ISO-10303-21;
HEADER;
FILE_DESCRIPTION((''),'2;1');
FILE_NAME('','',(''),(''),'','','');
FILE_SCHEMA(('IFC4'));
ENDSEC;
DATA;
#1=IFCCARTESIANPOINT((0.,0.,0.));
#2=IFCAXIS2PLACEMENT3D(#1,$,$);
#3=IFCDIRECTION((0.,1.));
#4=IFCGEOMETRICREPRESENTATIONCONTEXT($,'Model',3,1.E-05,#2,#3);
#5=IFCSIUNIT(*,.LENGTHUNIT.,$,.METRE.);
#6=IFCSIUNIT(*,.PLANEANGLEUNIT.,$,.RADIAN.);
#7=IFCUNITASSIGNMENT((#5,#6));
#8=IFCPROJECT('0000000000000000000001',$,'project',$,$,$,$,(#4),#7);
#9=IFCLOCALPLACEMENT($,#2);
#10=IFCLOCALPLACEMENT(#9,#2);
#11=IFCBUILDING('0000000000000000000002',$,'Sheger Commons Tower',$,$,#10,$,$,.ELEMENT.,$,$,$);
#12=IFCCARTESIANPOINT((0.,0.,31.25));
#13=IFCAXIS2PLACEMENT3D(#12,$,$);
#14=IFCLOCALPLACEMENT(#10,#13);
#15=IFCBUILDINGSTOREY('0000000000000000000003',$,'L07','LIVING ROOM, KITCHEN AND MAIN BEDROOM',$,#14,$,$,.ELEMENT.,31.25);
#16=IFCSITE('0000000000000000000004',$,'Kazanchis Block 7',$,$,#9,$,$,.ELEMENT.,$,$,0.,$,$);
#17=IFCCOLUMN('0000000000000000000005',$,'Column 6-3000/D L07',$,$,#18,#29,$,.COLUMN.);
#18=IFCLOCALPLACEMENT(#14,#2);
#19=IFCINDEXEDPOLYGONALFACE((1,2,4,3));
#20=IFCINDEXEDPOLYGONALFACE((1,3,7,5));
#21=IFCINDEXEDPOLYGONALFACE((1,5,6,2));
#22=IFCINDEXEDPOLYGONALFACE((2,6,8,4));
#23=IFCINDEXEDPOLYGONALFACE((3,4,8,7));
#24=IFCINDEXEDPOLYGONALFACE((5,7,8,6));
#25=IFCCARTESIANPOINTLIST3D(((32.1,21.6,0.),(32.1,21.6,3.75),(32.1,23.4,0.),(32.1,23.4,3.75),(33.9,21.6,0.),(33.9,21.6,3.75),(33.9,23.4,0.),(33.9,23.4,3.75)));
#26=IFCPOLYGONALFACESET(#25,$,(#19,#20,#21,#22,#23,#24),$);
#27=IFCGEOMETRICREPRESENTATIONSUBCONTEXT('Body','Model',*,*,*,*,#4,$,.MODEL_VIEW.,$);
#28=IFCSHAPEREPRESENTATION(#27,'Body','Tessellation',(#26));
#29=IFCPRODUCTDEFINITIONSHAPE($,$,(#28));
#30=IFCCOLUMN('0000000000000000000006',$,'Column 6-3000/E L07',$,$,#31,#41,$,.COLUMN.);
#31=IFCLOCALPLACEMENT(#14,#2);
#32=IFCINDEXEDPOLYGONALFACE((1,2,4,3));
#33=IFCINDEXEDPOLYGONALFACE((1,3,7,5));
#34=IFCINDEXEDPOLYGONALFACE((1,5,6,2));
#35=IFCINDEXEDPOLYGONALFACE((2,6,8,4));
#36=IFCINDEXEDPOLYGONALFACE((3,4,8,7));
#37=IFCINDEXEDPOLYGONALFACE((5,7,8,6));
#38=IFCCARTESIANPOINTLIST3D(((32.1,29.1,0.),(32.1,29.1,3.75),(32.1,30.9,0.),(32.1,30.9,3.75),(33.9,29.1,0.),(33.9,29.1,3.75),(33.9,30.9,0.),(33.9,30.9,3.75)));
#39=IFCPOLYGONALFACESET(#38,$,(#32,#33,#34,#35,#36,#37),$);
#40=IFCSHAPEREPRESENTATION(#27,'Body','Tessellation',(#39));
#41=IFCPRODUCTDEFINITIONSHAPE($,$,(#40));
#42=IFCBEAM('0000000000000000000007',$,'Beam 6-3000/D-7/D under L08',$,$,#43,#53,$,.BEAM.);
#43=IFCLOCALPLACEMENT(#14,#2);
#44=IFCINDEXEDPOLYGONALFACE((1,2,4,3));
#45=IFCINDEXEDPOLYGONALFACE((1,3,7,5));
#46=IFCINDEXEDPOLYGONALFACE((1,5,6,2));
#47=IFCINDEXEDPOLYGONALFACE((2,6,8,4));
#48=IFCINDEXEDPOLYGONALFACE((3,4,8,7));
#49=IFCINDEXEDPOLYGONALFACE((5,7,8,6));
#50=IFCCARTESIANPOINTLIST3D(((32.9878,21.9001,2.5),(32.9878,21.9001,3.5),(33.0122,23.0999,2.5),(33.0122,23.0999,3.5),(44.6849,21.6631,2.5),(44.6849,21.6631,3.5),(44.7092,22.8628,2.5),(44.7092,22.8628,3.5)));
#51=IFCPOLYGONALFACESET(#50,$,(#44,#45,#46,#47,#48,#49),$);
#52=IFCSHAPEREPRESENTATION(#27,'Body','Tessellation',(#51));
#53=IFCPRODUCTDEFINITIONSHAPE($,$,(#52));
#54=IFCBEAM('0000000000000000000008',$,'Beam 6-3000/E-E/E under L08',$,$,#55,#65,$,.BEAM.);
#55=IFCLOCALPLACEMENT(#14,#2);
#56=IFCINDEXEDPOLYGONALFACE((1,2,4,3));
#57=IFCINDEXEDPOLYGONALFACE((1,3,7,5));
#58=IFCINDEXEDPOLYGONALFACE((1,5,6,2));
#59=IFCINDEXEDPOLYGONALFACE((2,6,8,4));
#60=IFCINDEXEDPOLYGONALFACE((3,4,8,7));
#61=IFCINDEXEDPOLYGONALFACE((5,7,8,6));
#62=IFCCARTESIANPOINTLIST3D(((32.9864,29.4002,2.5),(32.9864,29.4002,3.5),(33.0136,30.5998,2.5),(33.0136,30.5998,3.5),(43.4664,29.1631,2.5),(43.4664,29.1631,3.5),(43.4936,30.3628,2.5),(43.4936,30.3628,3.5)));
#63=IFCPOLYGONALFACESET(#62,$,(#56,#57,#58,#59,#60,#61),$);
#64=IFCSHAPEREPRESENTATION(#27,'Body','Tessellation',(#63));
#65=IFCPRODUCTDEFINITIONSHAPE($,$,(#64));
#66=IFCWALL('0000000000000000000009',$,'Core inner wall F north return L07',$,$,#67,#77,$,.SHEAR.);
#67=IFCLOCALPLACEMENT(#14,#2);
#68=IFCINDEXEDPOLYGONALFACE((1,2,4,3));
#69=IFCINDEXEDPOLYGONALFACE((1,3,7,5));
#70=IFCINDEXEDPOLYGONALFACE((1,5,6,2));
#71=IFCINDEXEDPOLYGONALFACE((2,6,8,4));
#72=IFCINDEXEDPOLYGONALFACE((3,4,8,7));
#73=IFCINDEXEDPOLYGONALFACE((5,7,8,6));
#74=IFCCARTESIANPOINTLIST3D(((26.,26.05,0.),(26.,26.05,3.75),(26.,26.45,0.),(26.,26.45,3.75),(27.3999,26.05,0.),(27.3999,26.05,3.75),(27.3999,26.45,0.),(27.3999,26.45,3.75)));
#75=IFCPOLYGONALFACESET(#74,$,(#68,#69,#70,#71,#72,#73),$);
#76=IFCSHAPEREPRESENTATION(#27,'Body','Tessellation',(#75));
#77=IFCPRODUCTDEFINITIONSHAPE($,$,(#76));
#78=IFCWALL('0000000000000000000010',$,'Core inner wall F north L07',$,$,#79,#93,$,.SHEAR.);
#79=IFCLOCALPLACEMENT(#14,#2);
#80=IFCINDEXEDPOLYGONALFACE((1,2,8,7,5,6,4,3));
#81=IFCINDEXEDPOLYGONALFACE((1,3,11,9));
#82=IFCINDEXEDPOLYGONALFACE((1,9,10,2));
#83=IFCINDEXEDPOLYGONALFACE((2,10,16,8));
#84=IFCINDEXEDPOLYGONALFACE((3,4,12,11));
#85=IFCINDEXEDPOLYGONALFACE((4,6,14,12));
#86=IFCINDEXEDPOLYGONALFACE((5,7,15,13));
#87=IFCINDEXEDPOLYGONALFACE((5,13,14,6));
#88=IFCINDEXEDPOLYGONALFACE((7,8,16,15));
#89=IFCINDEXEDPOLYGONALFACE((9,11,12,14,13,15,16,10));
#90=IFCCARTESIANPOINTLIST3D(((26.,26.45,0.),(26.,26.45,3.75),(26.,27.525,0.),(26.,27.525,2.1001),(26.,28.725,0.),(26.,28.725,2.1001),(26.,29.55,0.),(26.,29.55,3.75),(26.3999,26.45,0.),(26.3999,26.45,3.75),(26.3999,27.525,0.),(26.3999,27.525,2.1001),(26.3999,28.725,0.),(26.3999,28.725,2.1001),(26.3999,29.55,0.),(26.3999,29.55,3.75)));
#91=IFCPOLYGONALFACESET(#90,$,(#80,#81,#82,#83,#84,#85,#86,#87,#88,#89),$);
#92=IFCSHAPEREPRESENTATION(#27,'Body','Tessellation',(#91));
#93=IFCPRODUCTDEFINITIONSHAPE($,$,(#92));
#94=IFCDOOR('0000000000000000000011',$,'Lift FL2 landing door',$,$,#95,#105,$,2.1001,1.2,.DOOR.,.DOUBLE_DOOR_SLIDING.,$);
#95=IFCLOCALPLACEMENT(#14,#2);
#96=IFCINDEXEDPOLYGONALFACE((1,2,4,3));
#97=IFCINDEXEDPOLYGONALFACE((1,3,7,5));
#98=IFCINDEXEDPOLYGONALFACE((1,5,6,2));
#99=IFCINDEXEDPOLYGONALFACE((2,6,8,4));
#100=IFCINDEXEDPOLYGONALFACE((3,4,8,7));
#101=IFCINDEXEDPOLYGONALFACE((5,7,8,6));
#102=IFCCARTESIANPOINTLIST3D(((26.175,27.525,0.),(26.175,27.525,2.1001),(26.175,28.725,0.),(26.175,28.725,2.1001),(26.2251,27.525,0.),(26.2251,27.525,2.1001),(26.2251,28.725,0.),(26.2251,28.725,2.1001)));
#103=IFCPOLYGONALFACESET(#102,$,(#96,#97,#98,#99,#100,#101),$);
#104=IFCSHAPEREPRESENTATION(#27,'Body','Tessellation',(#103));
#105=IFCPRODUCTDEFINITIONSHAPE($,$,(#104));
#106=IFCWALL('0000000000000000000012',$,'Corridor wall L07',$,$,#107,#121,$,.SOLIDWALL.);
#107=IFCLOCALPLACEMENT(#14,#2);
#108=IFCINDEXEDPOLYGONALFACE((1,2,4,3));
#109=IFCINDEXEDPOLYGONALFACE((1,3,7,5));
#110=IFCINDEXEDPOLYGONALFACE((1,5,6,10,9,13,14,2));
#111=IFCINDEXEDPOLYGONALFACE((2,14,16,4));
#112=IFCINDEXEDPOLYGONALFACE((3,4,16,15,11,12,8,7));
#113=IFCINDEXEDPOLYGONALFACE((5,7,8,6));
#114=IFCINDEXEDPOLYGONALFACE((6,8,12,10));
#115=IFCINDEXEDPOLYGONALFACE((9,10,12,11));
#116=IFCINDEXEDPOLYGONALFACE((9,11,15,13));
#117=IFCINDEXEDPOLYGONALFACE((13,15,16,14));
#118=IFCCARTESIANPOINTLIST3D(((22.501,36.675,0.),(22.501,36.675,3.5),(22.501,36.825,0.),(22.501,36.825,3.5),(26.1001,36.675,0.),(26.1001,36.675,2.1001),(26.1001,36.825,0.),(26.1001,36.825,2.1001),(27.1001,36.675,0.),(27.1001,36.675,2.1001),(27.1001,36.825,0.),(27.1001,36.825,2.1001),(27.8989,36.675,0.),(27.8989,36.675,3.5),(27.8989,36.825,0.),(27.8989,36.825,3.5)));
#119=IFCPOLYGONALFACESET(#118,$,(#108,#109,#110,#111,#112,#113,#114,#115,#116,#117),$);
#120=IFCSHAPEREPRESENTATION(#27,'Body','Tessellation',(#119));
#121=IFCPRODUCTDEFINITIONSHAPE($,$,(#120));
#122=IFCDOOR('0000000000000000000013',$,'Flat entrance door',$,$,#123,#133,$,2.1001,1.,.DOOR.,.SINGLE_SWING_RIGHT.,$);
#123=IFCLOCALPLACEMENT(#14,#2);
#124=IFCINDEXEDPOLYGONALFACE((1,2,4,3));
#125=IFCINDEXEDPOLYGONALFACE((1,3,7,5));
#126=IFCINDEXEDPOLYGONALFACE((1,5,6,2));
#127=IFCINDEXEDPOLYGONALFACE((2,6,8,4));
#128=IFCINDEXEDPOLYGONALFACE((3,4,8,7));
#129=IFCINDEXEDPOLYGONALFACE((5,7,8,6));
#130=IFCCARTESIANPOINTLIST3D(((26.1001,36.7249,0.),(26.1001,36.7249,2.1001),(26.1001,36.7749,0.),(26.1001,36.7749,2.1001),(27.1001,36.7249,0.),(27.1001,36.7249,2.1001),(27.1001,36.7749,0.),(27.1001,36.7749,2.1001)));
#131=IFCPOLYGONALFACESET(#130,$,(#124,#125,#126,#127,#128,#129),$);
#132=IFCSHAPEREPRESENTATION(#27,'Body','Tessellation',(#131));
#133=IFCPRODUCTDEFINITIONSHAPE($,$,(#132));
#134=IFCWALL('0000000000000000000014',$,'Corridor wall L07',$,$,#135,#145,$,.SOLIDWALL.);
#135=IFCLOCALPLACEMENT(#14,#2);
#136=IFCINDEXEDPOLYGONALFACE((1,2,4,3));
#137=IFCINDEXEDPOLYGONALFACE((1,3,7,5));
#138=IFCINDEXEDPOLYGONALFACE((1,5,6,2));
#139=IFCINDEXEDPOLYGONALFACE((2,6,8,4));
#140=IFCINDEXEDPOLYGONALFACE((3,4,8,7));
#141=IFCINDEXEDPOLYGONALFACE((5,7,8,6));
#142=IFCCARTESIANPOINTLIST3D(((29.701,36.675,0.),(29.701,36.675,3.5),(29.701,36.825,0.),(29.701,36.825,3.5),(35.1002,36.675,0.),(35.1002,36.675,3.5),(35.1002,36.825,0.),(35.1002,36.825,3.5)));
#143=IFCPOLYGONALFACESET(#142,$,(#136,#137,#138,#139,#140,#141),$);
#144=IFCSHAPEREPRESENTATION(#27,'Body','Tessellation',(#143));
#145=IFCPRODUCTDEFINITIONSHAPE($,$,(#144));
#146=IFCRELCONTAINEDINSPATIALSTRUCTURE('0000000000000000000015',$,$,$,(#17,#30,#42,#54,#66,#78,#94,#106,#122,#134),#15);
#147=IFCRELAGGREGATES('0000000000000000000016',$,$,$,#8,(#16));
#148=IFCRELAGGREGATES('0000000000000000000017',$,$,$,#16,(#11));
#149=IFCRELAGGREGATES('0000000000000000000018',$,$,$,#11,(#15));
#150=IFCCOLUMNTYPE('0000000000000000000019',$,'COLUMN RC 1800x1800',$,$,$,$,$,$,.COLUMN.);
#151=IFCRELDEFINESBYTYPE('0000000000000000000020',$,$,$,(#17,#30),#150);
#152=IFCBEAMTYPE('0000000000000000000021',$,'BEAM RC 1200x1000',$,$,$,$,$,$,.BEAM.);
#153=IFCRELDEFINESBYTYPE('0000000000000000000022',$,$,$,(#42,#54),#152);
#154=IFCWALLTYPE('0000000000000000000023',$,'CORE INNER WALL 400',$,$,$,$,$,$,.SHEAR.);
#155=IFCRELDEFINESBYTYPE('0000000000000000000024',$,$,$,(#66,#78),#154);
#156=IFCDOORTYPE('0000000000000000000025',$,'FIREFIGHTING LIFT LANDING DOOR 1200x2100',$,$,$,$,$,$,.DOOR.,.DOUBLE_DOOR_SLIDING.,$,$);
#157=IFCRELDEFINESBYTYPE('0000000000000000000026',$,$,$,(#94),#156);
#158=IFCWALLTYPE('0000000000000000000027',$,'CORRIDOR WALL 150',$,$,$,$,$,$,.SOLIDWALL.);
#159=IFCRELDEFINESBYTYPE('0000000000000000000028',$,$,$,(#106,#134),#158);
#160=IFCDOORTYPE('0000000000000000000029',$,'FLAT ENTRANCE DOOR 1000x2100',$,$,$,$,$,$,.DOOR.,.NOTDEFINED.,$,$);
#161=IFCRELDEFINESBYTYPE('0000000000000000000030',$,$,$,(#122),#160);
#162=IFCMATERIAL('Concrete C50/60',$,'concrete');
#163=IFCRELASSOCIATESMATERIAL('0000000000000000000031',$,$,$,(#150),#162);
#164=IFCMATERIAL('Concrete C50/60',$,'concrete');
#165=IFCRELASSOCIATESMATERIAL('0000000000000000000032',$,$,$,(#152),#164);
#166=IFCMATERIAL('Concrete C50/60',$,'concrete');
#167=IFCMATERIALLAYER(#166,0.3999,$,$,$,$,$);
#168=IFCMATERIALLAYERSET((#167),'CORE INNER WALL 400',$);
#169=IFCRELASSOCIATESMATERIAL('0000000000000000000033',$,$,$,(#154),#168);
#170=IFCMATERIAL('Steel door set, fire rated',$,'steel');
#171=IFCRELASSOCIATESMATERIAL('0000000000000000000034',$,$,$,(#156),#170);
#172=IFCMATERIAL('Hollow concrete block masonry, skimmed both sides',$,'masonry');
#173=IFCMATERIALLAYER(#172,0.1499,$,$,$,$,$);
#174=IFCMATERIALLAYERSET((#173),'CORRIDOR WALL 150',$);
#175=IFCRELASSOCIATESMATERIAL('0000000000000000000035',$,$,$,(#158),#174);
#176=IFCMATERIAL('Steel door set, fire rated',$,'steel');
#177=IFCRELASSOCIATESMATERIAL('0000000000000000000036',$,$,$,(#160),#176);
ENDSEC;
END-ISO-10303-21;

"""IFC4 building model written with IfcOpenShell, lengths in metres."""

from ifc_helpers import new_model, si_unit, direction, frame, frame_2d, origin, origin_2d, place, context, subcontext, project, spatial, rectangle, extrude, material, layer, layer_set, material_profile, profile_set, type_object, element, fill, save


model = new_model("IFC4")

# Units and contexts
model_context = context("Model", 3, precision=1e-05, world=origin(), true_north=direction((0.0, 1.0)))
body_context = subcontext(model_context, "Body", "Model", "MODEL_VIEW")
ifc_project = project(units=[si_unit("LENGTHUNIT", "METRE"), si_unit("PLANEANGLEUNIT", "RADIAN")], contexts=[model_context])

# Site, building, storey
site_placement = place(None, origin())
site = spatial("IfcSite", under=ifc_project, at=site_placement, Name="Kazanchis Block 7", CompositionType="ELEMENT", RefElevation=0.0)
building_placement = place(site_placement, origin())
building = spatial("IfcBuilding", under=site, at=building_placement, Name="Sheger Commons Tower", CompositionType="ELEMENT")
storey_placement = place(building_placement, frame((0.0, 0.0, 31.25)))
storey = spatial("IfcBuildingStorey", under=building, at=storey_placement, Name="L07", Description="LIVING ROOM, KITCHEN AND MAIN BEDROOM", CompositionType="ELEMENT", Elevation=31.25)

# Columns
ifc_material_1 = material(Name="Concrete C50/60", Category="concrete")
ifc_material_profile_1 = material_profile(ifc_material_1, rectangle(XDim=1.8, YDim=1.8, at=origin_2d()), Name="RC 1800x1800")
ifc_profile_set_1 = profile_set([ifc_material_profile_1], Name="Concrete C50/60")
column_type = type_object("IfcColumnType", Name="COLUMN RC 1800x1800", PredefinedType="COLUMN", material=ifc_profile_set_1)
for number, where, z_axis, x_axis, name in (
    (1, (33.0, 22.5, 0.0), (0.0, 0.0, 1.0), (1.0, 0.0, 0.0), "Column 6-3000/D L07"),
    (2, (33.0, 30.0, 0.0), (0.0, 0.0, 1.0), (1.0, 0.0, 0.0), "Column 6-3000/E L07"),
):
    element("IfcColumn", number, at=place(storey_placement, frame(where, z_axis=z_axis, x_axis=x_axis)), inside=storey, type_object=column_type, Name=name, PredefinedType="COLUMN", context=body_context, shape_type="SweptSolid", body=[
        extrude(rectangle(XDim=1.8, YDim=1.8, at=origin_2d()), origin(), (0.0, 0.0, 1.0), 3.75),
    ])

# Beams
ifc_material_2 = material(Name="Concrete C50/60", Category="concrete")
ifc_material_profile_2 = material_profile(ifc_material_2, rectangle(XDim=1.2, YDim=1.0, at=origin_2d()), Name="RC 1200x1000")
ifc_profile_set_2 = profile_set([ifc_material_profile_2], Name="Concrete C50/60")
beam_type = type_object("IfcBeamType", Name="BEAM RC 1200x1000", PredefinedType="BEAM", material=ifc_profile_set_2)
beam_1_placement = place(storey_placement, frame((33.0, 22.5, 3.0), z_axis=(0.999795, -0.020263, 0.0), x_axis=(0.020263, 0.999795, 0.0)))
element("IfcBeam", 3, at=beam_1_placement, inside=storey, type_object=beam_type, Name="Beam 6-3000/D-7/D under L08", PredefinedType="BEAM", context=body_context, shape_type="SweptSolid", body=[
    extrude(rectangle(XDim=1.2, YDim=1.0, at=origin_2d()), origin(), (0.0, 0.0, 1.0), 11.6995),
])
beam_2_placement = place(storey_placement, frame((33.0, 30.0, 3.0), z_axis=(0.999744, -0.022615, 0.0), x_axis=(0.022615, 0.999744, 0.0)))
element("IfcBeam", 4, at=beam_2_placement, inside=storey, type_object=beam_type, Name="Beam 6-3000/E-E/E under L08", PredefinedType="BEAM", context=body_context, shape_type="SweptSolid", body=[
    extrude(rectangle(XDim=1.2, YDim=1.0, at=origin_2d()), origin(), (0.0, 0.0, 1.0), 10.4827),
])

# Wall
ifc_material_3 = material(Name="Concrete C50/60", Category="concrete")
ifc_layer_1 = layer(ifc_material_3, 0.3999)
ifc_layer_set_1 = layer_set([ifc_layer_1], Name="CORE INNER WALL 400")
wall_type_1 = type_object("IfcWallType", Name="CORE INNER WALL 400", PredefinedType="SHEAR", material=ifc_layer_set_1)
wall_1_placement = place(storey_placement, frame((26.0, 26.25, 0.0), z_axis=(0.0, 0.0, 1.0), x_axis=(1.0, 0.0, 0.0)))
element("IfcWall", 5, at=wall_1_placement, inside=storey, type_object=wall_type_1, Name="Core inner wall F north return L07", PredefinedType="SHEAR", context=body_context, shape_type="SweptSolid", body=[
    extrude(rectangle(XDim=1.3999, YDim=0.3999, at=frame_2d((0.7, 0.0))), origin(), (0.0, 0.0, 1.0), 3.75),
])

# Walls, openings, doors
wall_2_placement = place(storey_placement, frame((26.2, 26.45, 0.0), z_axis=(0.0, 0.0, 1.0), x_axis=(0.0, 1.0, 0.0)))
wall_2 = element("IfcWall", 6, at=wall_2_placement, inside=storey, type_object=wall_type_1, Name="Core inner wall F north L07", PredefinedType="SHEAR", context=body_context, shape_type="SweptSolid", body=[
    extrude(rectangle(XDim=3.1001, YDim=0.3999, at=frame_2d((1.55, 0.0))), origin(), (0.0, 0.0, 1.0), 3.75),
])
opening_1_placement = place(wall_2_placement, frame((1.075, 0.0, 0.0)))
opening_1 = element("IfcOpeningElement", 7, at=opening_1_placement, cuts=wall_2, PredefinedType="OPENING", context=body_context, shape_type="SweptSolid", body=[
    extrude(rectangle(XDim=1.2, YDim=2.1001, at=frame_2d((0.6001, 1.05))), frame((0.0, 0.21, 0.0), z_axis=(0.0, -1.0, 0.0), x_axis=(1.0, 0.0, 0.0)), (0.0, 0.0, 1.0), 0.4199),
])
ifc_material_4 = material(Name="Steel door set, fire rated", Category="steel")
door_type_1 = type_object("IfcDoorType", Name="FIREFIGHTING LIFT LANDING DOOR 1200x2100", OperationType="DOUBLE_DOOR_SLIDING", PredefinedType="DOOR", material=ifc_material_4)
door_1_placement = place(opening_1_placement, origin())
door_1 = element("IfcDoor", 8, at=door_1_placement, inside=storey, type_object=door_type_1, Name="Lift FL2 landing door", OperationType="DOUBLE_DOOR_SLIDING", OverallHeight=2.1001, OverallWidth=1.2, PredefinedType="DOOR", context=body_context, shape_type="SweptSolid", body=[
    extrude(rectangle(XDim=1.2, YDim=2.1001, at=frame_2d((0.6001, 1.05))), frame((0.0, 0.0249, 0.0), z_axis=(0.0, -1.0, 0.0), x_axis=(1.0, 0.0, 0.0)), (0.0, 0.0, 1.0), 0.05),
])
fill(opening_1, door_1)
ifc_material_5 = material(Name="Hollow concrete block masonry, skimmed both sides", Category="masonry")
ifc_layer_2 = layer(ifc_material_5, 0.1499)
ifc_layer_set_2 = layer_set([ifc_layer_2], Name="CORRIDOR WALL 150")
wall_type_2 = type_object("IfcWallType", Name="CORRIDOR WALL 150", PredefinedType="SOLIDWALL", material=ifc_layer_set_2)
wall_3_placement = place(storey_placement, frame((22.501, 36.75, 0.0), z_axis=(0.0, 0.0, 1.0), x_axis=(1.0, 0.0, 0.0)))
wall_3 = element("IfcWall", 9, at=wall_3_placement, inside=storey, type_object=wall_type_2, Name="Corridor wall L07", PredefinedType="SOLIDWALL", context=body_context, shape_type="SweptSolid", body=[
    extrude(rectangle(XDim=5.3979, YDim=0.1499, at=frame_2d((2.699, 0.0))), origin(), (0.0, 0.0, 1.0), 3.5),
])
opening_2_placement = place(wall_3_placement, frame((3.5991, 0.0, 0.0)))
opening_2 = element("IfcOpeningElement", 10, at=opening_2_placement, cuts=wall_3, PredefinedType="OPENING", context=body_context, shape_type="SweptSolid", body=[
    extrude(rectangle(XDim=1.0, YDim=2.1001, at=frame_2d((0.5, 1.05))), frame((0.0, 0.085, 0.0), z_axis=(0.0, -1.0, 0.0), x_axis=(1.0, 0.0, 0.0)), (0.0, 0.0, 1.0), 0.1699),
])
ifc_material_6 = material(Name="Steel door set, fire rated", Category="steel")
door_type_2 = type_object("IfcDoorType", Name="FLAT ENTRANCE DOOR 1000x2100", OperationType="NOTDEFINED", PredefinedType="DOOR", material=ifc_material_6)
door_2_placement = place(opening_2_placement, origin())
door_2 = element("IfcDoor", 11, at=door_2_placement, inside=storey, type_object=door_type_2, Name="Flat entrance door", OperationType="SINGLE_SWING_RIGHT", OverallHeight=2.1001, OverallWidth=1.0, PredefinedType="DOOR", context=body_context, shape_type="SweptSolid", body=[
    extrude(rectangle(XDim=1.0, YDim=2.1001, at=frame_2d((0.5, 1.05))), frame((0.0, 0.0249, 0.0), z_axis=(0.0, -1.0, 0.0), x_axis=(1.0, 0.0, 0.0)), (0.0, 0.0, 1.0), 0.05),
])
fill(opening_2, door_2)

# Wall
wall_4_placement = place(storey_placement, frame((29.7009, 36.75, 0.0), z_axis=(0.0, 0.0, 1.0), x_axis=(1.0, 0.0, 0.0)))
element("IfcWall", 12, at=wall_4_placement, inside=storey, type_object=wall_type_2, Name="Corridor wall L07", PredefinedType="SOLIDWALL", context=body_context, shape_type="SweptSolid", body=[
    extrude(rectangle(XDim=5.3992, YDim=0.1499, at=frame_2d((2.6997, 0.0))), origin(), (0.0, 0.0, 1.0), 3.5),
])

save(model, "model.ifc")
